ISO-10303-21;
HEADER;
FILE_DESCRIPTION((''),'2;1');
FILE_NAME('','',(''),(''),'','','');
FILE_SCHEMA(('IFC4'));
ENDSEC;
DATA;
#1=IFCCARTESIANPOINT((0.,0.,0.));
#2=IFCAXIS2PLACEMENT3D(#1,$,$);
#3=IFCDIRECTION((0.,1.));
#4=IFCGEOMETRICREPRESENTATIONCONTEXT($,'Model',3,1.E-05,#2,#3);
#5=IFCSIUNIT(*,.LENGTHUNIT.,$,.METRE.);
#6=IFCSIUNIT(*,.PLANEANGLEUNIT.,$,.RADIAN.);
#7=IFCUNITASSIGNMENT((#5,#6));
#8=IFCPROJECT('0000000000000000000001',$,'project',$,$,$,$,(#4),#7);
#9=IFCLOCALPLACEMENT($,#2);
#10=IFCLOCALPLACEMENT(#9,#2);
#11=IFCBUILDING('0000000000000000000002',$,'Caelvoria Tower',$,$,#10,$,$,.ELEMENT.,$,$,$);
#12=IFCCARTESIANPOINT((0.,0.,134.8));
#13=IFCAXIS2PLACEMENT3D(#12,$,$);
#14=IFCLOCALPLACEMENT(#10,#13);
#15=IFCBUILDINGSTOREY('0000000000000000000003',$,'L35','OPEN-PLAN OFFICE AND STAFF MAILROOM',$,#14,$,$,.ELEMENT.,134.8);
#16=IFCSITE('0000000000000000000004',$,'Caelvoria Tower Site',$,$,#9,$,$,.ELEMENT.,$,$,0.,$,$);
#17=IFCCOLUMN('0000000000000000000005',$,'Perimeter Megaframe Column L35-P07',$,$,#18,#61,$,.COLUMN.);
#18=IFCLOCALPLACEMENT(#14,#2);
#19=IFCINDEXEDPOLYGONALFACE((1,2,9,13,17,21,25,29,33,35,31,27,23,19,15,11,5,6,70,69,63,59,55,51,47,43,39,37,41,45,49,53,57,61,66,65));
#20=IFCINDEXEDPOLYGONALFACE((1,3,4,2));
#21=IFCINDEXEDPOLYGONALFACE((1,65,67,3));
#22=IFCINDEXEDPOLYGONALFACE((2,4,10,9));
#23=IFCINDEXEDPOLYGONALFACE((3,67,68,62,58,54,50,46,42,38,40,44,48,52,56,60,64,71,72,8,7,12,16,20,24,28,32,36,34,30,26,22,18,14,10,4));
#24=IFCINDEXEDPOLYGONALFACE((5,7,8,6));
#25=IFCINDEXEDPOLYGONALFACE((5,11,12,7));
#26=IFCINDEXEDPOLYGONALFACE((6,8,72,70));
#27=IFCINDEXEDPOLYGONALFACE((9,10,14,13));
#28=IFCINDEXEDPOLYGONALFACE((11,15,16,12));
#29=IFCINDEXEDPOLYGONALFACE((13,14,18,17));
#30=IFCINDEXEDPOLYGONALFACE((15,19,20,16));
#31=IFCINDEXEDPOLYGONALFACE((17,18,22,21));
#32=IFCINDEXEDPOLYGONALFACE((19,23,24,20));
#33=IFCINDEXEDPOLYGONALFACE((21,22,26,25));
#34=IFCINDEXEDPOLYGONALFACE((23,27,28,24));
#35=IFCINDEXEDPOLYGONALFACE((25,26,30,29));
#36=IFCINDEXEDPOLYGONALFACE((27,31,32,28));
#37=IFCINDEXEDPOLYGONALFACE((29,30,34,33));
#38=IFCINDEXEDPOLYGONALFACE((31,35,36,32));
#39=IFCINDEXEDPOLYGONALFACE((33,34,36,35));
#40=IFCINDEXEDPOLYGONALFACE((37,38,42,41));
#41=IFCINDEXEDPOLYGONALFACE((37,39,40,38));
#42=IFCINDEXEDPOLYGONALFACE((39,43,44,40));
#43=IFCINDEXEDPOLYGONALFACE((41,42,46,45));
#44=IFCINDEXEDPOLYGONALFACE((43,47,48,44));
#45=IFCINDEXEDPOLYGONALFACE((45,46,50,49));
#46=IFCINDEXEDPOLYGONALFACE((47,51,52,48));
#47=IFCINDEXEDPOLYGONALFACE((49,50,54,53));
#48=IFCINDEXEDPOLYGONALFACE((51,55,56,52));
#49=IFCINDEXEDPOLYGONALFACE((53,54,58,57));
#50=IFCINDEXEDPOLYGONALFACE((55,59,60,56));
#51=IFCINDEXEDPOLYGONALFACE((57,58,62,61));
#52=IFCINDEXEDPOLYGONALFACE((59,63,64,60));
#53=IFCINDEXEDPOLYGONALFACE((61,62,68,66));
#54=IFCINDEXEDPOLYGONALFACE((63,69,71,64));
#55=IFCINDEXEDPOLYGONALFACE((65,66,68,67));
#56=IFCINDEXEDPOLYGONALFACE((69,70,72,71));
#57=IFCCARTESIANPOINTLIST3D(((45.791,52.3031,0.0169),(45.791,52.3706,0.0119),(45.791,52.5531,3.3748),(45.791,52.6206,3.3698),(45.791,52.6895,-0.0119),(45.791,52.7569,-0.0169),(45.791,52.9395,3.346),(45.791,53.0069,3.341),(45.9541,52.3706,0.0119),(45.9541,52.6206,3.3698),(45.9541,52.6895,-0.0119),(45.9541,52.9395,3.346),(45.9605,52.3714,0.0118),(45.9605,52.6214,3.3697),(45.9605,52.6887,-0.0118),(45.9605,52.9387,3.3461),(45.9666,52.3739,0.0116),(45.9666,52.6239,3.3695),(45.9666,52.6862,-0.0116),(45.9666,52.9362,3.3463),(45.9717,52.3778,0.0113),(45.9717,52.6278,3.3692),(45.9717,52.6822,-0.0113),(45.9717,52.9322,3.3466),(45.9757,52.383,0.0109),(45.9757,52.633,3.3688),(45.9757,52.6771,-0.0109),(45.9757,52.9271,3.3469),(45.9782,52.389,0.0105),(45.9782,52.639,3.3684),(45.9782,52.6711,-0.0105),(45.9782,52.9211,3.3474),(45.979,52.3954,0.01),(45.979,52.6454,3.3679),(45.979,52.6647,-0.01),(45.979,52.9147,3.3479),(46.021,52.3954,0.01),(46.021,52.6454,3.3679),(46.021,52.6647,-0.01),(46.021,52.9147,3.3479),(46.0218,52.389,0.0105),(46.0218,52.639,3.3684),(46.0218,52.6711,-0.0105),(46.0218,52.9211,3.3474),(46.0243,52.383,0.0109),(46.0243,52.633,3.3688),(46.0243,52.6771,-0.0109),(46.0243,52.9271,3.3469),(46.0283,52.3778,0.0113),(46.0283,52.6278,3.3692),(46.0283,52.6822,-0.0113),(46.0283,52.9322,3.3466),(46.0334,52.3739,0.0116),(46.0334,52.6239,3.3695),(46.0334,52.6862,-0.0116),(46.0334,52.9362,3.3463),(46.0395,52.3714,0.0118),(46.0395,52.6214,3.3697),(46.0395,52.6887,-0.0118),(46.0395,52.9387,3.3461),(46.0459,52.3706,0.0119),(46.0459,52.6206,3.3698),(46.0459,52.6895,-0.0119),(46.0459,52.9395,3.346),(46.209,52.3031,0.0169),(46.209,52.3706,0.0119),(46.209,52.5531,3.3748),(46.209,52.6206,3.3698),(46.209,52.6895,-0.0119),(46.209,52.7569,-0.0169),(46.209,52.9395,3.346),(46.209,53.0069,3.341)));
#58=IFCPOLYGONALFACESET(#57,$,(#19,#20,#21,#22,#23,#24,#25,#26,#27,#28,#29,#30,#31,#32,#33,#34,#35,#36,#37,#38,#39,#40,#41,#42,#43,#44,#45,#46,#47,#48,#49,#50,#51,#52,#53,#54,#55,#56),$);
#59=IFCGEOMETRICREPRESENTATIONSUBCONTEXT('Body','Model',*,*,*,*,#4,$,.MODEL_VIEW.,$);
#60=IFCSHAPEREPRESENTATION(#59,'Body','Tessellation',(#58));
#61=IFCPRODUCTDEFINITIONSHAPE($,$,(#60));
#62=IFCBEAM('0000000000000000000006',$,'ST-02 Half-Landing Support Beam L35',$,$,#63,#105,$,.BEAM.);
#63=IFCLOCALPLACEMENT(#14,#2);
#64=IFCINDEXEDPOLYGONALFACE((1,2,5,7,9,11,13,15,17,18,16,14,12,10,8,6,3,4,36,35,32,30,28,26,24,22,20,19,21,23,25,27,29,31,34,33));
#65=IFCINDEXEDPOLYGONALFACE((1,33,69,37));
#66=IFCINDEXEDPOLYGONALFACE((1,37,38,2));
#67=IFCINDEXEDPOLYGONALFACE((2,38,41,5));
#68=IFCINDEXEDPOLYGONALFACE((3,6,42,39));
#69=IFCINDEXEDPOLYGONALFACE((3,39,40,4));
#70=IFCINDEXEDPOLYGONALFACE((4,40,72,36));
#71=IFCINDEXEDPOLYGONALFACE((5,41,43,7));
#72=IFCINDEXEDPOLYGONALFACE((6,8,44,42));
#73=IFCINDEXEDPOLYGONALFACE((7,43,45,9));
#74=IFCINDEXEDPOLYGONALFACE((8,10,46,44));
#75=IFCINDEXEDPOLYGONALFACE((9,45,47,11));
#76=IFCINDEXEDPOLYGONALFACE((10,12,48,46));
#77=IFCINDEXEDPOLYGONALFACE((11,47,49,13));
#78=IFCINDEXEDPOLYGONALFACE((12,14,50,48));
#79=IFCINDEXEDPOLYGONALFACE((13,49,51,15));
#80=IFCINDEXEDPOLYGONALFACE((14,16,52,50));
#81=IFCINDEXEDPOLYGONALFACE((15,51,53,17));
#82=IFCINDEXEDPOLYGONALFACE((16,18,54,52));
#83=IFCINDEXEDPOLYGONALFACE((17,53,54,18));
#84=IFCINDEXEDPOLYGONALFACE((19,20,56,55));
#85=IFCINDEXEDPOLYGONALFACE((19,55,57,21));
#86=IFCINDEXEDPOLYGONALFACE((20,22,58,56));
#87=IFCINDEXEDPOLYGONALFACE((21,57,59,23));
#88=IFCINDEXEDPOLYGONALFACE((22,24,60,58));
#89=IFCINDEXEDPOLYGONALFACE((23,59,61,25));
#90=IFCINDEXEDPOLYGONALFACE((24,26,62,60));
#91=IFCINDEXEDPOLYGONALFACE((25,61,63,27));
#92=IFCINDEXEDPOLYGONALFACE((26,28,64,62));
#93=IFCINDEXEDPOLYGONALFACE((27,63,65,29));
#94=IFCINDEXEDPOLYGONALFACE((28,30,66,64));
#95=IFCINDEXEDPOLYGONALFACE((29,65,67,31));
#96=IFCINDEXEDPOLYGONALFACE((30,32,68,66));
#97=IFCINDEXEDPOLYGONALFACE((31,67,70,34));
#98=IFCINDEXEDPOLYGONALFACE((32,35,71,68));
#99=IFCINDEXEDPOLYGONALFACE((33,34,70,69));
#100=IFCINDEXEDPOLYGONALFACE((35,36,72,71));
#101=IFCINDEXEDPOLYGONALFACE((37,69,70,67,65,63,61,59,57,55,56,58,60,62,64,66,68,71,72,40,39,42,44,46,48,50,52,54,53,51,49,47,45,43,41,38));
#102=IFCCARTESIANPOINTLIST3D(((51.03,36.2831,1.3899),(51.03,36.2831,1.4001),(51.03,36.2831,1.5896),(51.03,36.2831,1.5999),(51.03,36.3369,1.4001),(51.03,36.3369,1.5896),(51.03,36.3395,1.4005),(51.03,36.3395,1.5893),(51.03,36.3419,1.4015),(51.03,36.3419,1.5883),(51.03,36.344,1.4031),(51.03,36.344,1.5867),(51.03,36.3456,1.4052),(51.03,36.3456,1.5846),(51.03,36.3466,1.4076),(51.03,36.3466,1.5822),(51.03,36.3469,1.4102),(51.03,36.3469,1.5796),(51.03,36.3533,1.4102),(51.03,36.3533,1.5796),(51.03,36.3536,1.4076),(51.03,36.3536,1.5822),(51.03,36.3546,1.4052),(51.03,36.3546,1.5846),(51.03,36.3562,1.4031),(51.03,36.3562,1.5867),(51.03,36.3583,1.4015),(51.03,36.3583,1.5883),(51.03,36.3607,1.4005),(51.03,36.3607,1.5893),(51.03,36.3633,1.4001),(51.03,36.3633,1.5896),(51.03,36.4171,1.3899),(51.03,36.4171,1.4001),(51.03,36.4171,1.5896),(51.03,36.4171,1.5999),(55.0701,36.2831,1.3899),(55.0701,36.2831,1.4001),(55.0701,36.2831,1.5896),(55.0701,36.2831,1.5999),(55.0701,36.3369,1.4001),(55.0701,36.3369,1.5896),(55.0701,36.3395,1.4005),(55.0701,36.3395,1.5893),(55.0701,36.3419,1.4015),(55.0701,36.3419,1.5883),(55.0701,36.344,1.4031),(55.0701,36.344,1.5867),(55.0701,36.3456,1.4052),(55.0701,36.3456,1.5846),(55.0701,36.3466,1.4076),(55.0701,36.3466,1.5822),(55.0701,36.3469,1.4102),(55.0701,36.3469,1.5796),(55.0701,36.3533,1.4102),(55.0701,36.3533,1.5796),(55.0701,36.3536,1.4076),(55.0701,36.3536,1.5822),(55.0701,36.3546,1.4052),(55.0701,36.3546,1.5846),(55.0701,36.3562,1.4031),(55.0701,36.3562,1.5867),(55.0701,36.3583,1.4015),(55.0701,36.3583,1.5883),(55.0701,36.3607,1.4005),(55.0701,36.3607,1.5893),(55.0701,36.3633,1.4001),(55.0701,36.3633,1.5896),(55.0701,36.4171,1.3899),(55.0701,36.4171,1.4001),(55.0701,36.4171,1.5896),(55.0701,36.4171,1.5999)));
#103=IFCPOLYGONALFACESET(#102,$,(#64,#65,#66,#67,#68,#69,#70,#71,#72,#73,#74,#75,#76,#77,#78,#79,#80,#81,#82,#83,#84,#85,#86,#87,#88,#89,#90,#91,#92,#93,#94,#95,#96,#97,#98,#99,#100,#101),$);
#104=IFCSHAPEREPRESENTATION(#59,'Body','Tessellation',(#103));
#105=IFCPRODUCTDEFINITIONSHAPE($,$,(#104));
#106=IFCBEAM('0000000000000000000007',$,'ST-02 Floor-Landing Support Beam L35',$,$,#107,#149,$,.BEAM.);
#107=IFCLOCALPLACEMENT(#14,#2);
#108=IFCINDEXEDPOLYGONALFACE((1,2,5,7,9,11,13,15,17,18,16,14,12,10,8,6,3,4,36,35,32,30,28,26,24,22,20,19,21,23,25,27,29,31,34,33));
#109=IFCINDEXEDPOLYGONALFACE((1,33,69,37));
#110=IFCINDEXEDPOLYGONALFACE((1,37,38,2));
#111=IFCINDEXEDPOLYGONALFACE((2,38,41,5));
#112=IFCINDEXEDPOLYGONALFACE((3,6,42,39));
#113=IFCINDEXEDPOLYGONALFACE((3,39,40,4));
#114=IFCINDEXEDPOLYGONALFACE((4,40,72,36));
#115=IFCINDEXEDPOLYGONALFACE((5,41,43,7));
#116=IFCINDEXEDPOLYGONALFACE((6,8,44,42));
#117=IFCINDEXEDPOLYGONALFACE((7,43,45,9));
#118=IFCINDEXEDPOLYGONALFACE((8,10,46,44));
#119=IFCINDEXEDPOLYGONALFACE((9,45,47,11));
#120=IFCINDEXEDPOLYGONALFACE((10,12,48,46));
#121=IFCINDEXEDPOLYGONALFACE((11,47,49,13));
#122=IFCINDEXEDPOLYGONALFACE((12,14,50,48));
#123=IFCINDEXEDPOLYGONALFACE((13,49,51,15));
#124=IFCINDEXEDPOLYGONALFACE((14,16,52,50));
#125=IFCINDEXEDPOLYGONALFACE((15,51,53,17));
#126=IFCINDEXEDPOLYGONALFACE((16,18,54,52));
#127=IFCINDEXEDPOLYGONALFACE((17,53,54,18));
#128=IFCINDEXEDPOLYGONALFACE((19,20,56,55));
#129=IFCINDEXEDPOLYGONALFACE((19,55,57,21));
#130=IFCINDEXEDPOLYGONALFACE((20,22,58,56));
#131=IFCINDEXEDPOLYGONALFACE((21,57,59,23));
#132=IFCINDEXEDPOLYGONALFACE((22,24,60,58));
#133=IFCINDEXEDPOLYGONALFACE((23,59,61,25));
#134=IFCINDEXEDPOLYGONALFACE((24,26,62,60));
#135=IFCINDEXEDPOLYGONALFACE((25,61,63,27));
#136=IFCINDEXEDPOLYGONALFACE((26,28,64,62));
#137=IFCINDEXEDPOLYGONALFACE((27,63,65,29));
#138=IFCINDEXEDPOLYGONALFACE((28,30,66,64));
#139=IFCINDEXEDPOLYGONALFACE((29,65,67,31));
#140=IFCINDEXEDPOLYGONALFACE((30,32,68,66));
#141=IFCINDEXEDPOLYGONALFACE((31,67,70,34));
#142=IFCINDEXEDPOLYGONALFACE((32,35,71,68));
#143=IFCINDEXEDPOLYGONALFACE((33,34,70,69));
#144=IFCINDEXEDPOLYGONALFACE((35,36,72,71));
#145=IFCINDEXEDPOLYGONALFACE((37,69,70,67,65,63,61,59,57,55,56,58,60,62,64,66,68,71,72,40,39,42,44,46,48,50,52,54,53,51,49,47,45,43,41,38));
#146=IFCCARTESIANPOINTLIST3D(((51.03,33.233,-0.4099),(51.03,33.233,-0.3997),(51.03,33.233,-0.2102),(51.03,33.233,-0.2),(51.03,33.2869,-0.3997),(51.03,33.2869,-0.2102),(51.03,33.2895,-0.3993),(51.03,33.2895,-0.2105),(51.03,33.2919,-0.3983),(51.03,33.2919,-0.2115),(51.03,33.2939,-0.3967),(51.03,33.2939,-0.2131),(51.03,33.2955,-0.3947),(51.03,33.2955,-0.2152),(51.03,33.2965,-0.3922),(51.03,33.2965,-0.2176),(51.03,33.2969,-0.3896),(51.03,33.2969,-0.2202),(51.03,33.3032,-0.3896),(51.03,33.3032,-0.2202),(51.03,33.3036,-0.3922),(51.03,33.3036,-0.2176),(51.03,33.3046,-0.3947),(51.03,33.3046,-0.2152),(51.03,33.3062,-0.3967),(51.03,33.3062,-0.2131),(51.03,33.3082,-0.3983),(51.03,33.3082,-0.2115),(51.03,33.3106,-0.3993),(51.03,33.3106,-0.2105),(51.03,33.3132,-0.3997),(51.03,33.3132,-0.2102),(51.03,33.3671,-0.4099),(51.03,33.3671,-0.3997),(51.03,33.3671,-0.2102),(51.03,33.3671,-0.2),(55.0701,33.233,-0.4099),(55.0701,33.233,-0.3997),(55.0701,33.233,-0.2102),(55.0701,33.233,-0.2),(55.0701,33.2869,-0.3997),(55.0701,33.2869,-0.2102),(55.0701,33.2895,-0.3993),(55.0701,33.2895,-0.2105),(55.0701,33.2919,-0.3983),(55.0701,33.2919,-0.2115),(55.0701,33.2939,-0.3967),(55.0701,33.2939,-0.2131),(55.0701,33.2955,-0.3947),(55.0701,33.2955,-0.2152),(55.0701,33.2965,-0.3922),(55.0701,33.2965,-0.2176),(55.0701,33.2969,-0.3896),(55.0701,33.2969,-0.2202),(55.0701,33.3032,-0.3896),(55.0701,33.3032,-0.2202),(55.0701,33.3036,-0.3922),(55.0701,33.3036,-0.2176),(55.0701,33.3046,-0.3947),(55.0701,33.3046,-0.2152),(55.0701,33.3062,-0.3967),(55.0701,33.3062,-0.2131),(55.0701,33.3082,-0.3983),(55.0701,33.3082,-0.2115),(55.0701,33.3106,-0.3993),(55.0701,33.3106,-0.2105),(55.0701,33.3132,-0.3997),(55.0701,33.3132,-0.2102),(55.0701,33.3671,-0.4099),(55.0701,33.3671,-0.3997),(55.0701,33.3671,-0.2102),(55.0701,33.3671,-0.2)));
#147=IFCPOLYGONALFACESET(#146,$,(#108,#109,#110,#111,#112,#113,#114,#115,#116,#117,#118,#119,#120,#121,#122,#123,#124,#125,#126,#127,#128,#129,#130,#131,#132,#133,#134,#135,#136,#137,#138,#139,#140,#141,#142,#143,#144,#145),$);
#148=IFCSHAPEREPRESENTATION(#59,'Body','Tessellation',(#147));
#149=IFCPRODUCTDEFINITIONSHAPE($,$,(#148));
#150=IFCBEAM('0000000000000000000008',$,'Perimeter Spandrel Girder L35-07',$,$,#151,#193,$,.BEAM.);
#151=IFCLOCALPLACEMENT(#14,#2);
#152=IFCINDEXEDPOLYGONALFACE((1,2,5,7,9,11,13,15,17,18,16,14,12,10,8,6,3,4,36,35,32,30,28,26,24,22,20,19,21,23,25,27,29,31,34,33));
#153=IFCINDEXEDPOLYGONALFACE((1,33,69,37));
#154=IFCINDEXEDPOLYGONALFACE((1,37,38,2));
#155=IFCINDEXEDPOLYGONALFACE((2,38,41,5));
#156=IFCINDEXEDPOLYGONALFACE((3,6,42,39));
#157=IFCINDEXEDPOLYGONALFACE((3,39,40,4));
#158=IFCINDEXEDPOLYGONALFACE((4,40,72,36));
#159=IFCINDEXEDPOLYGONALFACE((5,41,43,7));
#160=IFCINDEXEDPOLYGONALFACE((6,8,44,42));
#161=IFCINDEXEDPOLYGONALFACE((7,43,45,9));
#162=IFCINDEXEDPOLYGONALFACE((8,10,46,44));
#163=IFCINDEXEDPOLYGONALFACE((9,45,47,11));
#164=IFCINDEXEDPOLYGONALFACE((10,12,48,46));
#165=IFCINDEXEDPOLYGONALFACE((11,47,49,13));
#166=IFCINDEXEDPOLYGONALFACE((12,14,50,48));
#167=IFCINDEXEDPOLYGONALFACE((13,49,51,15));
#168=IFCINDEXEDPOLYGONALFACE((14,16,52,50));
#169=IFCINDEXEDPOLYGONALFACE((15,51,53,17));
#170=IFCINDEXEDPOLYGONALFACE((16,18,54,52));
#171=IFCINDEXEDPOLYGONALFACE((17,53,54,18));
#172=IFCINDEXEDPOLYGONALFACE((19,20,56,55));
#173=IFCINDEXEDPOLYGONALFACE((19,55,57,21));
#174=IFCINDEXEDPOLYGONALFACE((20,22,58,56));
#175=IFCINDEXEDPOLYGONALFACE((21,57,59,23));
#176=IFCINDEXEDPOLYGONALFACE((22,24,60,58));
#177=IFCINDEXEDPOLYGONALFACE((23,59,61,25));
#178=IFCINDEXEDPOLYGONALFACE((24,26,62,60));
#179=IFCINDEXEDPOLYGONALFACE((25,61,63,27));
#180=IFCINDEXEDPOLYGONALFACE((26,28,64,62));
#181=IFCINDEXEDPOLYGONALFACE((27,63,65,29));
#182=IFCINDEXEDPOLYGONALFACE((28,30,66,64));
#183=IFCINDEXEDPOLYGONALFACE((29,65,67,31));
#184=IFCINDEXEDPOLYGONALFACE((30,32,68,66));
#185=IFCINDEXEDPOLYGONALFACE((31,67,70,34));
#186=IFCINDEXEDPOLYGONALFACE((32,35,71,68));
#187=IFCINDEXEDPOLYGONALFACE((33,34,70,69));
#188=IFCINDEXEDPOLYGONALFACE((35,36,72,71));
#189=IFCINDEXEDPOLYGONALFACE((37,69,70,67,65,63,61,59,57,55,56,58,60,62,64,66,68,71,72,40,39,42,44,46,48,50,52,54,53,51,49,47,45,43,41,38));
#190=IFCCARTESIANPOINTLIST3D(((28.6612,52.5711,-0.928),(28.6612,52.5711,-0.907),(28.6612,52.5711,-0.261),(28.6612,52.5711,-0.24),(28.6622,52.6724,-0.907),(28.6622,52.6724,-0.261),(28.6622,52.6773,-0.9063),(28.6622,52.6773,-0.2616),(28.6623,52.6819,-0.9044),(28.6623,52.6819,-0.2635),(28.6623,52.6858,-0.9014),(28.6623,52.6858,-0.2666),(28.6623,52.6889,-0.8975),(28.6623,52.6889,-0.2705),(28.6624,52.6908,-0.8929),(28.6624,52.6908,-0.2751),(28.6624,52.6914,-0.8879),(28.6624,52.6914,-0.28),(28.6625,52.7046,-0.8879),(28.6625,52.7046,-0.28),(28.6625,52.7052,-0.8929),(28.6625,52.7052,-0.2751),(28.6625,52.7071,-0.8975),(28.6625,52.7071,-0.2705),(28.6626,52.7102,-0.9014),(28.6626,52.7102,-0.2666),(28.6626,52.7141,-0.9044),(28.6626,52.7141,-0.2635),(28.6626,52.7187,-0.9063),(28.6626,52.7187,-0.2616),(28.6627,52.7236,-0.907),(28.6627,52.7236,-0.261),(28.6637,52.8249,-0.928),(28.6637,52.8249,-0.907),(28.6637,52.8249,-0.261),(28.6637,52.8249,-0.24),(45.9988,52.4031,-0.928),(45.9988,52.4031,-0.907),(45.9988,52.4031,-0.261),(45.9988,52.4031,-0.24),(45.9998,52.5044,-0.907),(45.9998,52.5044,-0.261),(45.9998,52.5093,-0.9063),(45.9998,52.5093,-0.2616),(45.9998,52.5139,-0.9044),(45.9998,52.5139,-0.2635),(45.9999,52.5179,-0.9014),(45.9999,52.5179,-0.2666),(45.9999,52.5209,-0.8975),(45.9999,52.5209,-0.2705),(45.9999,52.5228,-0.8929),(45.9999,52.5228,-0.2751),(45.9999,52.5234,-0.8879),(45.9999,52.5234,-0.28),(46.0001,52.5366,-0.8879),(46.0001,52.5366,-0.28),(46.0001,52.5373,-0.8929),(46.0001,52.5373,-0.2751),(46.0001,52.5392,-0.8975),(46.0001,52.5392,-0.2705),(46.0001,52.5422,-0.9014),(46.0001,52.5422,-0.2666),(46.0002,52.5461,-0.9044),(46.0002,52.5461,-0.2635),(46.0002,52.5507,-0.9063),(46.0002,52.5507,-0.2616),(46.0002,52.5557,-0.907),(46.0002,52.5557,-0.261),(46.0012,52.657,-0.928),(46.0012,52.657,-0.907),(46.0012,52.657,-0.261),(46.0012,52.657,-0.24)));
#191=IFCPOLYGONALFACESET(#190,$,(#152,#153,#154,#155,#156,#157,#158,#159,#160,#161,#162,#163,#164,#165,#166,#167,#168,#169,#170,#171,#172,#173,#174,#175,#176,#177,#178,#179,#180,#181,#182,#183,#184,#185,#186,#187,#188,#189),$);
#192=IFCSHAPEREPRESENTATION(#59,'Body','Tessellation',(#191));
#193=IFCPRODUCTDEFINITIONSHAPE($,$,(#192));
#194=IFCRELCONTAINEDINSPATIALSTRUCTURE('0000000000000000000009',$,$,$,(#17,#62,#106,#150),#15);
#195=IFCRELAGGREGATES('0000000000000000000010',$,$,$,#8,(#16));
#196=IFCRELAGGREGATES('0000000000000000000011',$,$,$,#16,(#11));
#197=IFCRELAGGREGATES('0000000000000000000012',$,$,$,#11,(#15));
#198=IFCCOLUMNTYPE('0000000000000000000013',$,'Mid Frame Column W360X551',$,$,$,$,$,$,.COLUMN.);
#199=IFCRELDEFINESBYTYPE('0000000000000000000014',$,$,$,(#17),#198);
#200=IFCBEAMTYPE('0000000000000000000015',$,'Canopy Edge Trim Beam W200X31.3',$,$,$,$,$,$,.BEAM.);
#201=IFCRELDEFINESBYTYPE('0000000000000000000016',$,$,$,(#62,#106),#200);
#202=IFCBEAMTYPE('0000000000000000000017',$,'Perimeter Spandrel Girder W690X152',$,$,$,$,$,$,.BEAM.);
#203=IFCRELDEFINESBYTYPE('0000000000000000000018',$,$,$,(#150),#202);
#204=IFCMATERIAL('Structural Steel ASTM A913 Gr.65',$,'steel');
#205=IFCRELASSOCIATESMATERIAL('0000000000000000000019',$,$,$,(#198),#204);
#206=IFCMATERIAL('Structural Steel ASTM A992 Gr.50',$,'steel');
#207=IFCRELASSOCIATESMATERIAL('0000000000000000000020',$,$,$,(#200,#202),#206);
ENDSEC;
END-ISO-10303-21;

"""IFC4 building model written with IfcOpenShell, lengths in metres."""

from ifc_helpers import new_model, si_unit, direction, frame, origin, origin_2d, place, context, subcontext, project, spatial, i_section, extrude, material, material_profile, profile_set, type_object, element, save


model = new_model("IFC4")

# Units and contexts
model_context = context("Model", 3, precision=1e-05, world=origin(), true_north=direction((0.0, 1.0)))
body_context = subcontext(model_context, "Body", "Model", "MODEL_VIEW")
ifc_project = project(units=[si_unit("LENGTHUNIT", "METRE"), si_unit("PLANEANGLEUNIT", "RADIAN")], contexts=[model_context])

# Site, building, storey
site_placement = place(None, origin())
site = spatial("IfcSite", under=ifc_project, at=site_placement, Name="Caelvoria Tower Site", CompositionType="ELEMENT", RefElevation=0.0)
building_placement = place(site_placement, origin())
building = spatial("IfcBuilding", under=site, at=building_placement, Name="Caelvoria Tower", CompositionType="ELEMENT")
storey_placement = place(building_placement, frame((0.0, 0.0, 134.8)))
storey = spatial("IfcBuildingStorey", under=building, at=storey_placement, Name="L35", Description="OPEN-PLAN OFFICE AND STAFF MAILROOM", CompositionType="ELEMENT", Elevation=134.8)

# Column
ifc_material_1 = material(Name="Structural Steel ASTM A913 Gr.65", Category="steel")
ifc_material_profile_1 = material_profile(ifc_material_1, i_section(OverallWidth=0.418, OverallDepth=0.4551, WebThickness=0.042, FlangeThickness=0.0676, FilletRadius=0.0249, at=origin_2d()), Name="Structural Steel ASTM A913 Gr.65")
ifc_profile_set_1 = profile_set([ifc_material_profile_1], Name="W360X551 - Structural Steel ASTM A913 Gr.65")
column_type = type_object("IfcColumnType", Name="Mid Frame Column W360X551", PredefinedType="COLUMN", material=ifc_profile_set_1)
column_placement = place(storey_placement, frame((46.0, 52.53, 0.0), z_axis=(0.0, 0.074246, 0.99724), x_axis=(-1.0, 0.0, 0.0)))
element("IfcColumn", 1, at=column_placement, inside=storey, type_object=column_type, Name="Perimeter Megaframe Column L35-P07", PredefinedType="COLUMN", context=body_context, shape_type="SweptSolid", body=[
    extrude(i_section(OverallWidth=0.418, OverallDepth=0.4551, WebThickness=0.042, FlangeThickness=0.0676, FilletRadius=0.0249, at=origin_2d()), origin(), (0.0, 0.0, 1.0), 3.3672),
])

# Beams
ifc_material_2 = material(Name="Structural Steel ASTM A992 Gr.50", Category="steel")
ifc_material_profile_2 = material_profile(ifc_material_2, i_section(OverallWidth=0.134, OverallDepth=0.21, WebThickness=0.0063, FlangeThickness=0.0103, FilletRadius=0.01, at=origin_2d()), Name="Structural Steel ASTM A992 Gr.50")
ifc_profile_set_2 = profile_set([ifc_material_profile_2], Name="W200X31.3 - Structural Steel ASTM A992 Gr.50")
beam_type_1 = type_object("IfcBeamType", Name="Canopy Edge Trim Beam W200X31.3", PredefinedType="BEAM", material=ifc_profile_set_2)
for number, where, z_axis, x_axis, name in (
    (2, (51.03, 36.3501, 1.4949), (1.0, 0.0, 0.0), (0.0, 1.0, 0.0), "ST-02 Half-Landing Support Beam L35"),
    (3, (51.03, 33.3, -0.3049), (1.0, 0.0, 0.0), (0.0, 1.0, 0.0), "ST-02 Floor-Landing Support Beam L35"),
):
    element("IfcBeam", number, at=place(storey_placement, frame(where, z_axis=z_axis, x_axis=x_axis)), inside=storey, type_object=beam_type_1, Name=name, PredefinedType="BEAM", context=body_context, shape_type="SweptSolid", body=[
        extrude(i_section(OverallWidth=0.134, OverallDepth=0.21, WebThickness=0.0063, FlangeThickness=0.0103, FilletRadius=0.01, at=origin_2d()), origin(), (0.0, 0.0, 1.0), 4.04),
    ])
ifc_material_profile_3 = material_profile(ifc_material_2, i_section(OverallWidth=0.2539, OverallDepth=0.688, WebThickness=0.0132, FlangeThickness=0.021, FilletRadius=0.019, at=origin_2d()), Name="Structural Steel ASTM A992 Gr.50")
ifc_profile_set_3 = profile_set([ifc_material_profile_3], Name="W690X152 - Structural Steel ASTM A992 Gr.50")
beam_type_2 = type_object("IfcBeamType", Name="Perimeter Spandrel Girder W690X152", PredefinedType="BEAM", material=ifc_profile_set_3)
beam_1_placement = place(storey_placement, frame((46.0, 52.53, -0.584), z_axis=(-0.999953, 0.009688, 0.0), x_axis=(-0.009688, -0.999953, 0.0)))
element("IfcBeam", 4, at=beam_1_placement, inside=storey, type_object=beam_type_2, Name="Perimeter Spandrel Girder L35-07", PredefinedType="BEAM", context=body_context, shape_type="SweptSolid", body=[
    extrude(i_section(OverallWidth=0.2539, OverallDepth=0.688, WebThickness=0.0132, FlangeThickness=0.021, FilletRadius=0.019, at=origin_2d()), origin(), (0.0, 0.0, 1.0), 17.3384),
])

save(model, "model.ifc")
